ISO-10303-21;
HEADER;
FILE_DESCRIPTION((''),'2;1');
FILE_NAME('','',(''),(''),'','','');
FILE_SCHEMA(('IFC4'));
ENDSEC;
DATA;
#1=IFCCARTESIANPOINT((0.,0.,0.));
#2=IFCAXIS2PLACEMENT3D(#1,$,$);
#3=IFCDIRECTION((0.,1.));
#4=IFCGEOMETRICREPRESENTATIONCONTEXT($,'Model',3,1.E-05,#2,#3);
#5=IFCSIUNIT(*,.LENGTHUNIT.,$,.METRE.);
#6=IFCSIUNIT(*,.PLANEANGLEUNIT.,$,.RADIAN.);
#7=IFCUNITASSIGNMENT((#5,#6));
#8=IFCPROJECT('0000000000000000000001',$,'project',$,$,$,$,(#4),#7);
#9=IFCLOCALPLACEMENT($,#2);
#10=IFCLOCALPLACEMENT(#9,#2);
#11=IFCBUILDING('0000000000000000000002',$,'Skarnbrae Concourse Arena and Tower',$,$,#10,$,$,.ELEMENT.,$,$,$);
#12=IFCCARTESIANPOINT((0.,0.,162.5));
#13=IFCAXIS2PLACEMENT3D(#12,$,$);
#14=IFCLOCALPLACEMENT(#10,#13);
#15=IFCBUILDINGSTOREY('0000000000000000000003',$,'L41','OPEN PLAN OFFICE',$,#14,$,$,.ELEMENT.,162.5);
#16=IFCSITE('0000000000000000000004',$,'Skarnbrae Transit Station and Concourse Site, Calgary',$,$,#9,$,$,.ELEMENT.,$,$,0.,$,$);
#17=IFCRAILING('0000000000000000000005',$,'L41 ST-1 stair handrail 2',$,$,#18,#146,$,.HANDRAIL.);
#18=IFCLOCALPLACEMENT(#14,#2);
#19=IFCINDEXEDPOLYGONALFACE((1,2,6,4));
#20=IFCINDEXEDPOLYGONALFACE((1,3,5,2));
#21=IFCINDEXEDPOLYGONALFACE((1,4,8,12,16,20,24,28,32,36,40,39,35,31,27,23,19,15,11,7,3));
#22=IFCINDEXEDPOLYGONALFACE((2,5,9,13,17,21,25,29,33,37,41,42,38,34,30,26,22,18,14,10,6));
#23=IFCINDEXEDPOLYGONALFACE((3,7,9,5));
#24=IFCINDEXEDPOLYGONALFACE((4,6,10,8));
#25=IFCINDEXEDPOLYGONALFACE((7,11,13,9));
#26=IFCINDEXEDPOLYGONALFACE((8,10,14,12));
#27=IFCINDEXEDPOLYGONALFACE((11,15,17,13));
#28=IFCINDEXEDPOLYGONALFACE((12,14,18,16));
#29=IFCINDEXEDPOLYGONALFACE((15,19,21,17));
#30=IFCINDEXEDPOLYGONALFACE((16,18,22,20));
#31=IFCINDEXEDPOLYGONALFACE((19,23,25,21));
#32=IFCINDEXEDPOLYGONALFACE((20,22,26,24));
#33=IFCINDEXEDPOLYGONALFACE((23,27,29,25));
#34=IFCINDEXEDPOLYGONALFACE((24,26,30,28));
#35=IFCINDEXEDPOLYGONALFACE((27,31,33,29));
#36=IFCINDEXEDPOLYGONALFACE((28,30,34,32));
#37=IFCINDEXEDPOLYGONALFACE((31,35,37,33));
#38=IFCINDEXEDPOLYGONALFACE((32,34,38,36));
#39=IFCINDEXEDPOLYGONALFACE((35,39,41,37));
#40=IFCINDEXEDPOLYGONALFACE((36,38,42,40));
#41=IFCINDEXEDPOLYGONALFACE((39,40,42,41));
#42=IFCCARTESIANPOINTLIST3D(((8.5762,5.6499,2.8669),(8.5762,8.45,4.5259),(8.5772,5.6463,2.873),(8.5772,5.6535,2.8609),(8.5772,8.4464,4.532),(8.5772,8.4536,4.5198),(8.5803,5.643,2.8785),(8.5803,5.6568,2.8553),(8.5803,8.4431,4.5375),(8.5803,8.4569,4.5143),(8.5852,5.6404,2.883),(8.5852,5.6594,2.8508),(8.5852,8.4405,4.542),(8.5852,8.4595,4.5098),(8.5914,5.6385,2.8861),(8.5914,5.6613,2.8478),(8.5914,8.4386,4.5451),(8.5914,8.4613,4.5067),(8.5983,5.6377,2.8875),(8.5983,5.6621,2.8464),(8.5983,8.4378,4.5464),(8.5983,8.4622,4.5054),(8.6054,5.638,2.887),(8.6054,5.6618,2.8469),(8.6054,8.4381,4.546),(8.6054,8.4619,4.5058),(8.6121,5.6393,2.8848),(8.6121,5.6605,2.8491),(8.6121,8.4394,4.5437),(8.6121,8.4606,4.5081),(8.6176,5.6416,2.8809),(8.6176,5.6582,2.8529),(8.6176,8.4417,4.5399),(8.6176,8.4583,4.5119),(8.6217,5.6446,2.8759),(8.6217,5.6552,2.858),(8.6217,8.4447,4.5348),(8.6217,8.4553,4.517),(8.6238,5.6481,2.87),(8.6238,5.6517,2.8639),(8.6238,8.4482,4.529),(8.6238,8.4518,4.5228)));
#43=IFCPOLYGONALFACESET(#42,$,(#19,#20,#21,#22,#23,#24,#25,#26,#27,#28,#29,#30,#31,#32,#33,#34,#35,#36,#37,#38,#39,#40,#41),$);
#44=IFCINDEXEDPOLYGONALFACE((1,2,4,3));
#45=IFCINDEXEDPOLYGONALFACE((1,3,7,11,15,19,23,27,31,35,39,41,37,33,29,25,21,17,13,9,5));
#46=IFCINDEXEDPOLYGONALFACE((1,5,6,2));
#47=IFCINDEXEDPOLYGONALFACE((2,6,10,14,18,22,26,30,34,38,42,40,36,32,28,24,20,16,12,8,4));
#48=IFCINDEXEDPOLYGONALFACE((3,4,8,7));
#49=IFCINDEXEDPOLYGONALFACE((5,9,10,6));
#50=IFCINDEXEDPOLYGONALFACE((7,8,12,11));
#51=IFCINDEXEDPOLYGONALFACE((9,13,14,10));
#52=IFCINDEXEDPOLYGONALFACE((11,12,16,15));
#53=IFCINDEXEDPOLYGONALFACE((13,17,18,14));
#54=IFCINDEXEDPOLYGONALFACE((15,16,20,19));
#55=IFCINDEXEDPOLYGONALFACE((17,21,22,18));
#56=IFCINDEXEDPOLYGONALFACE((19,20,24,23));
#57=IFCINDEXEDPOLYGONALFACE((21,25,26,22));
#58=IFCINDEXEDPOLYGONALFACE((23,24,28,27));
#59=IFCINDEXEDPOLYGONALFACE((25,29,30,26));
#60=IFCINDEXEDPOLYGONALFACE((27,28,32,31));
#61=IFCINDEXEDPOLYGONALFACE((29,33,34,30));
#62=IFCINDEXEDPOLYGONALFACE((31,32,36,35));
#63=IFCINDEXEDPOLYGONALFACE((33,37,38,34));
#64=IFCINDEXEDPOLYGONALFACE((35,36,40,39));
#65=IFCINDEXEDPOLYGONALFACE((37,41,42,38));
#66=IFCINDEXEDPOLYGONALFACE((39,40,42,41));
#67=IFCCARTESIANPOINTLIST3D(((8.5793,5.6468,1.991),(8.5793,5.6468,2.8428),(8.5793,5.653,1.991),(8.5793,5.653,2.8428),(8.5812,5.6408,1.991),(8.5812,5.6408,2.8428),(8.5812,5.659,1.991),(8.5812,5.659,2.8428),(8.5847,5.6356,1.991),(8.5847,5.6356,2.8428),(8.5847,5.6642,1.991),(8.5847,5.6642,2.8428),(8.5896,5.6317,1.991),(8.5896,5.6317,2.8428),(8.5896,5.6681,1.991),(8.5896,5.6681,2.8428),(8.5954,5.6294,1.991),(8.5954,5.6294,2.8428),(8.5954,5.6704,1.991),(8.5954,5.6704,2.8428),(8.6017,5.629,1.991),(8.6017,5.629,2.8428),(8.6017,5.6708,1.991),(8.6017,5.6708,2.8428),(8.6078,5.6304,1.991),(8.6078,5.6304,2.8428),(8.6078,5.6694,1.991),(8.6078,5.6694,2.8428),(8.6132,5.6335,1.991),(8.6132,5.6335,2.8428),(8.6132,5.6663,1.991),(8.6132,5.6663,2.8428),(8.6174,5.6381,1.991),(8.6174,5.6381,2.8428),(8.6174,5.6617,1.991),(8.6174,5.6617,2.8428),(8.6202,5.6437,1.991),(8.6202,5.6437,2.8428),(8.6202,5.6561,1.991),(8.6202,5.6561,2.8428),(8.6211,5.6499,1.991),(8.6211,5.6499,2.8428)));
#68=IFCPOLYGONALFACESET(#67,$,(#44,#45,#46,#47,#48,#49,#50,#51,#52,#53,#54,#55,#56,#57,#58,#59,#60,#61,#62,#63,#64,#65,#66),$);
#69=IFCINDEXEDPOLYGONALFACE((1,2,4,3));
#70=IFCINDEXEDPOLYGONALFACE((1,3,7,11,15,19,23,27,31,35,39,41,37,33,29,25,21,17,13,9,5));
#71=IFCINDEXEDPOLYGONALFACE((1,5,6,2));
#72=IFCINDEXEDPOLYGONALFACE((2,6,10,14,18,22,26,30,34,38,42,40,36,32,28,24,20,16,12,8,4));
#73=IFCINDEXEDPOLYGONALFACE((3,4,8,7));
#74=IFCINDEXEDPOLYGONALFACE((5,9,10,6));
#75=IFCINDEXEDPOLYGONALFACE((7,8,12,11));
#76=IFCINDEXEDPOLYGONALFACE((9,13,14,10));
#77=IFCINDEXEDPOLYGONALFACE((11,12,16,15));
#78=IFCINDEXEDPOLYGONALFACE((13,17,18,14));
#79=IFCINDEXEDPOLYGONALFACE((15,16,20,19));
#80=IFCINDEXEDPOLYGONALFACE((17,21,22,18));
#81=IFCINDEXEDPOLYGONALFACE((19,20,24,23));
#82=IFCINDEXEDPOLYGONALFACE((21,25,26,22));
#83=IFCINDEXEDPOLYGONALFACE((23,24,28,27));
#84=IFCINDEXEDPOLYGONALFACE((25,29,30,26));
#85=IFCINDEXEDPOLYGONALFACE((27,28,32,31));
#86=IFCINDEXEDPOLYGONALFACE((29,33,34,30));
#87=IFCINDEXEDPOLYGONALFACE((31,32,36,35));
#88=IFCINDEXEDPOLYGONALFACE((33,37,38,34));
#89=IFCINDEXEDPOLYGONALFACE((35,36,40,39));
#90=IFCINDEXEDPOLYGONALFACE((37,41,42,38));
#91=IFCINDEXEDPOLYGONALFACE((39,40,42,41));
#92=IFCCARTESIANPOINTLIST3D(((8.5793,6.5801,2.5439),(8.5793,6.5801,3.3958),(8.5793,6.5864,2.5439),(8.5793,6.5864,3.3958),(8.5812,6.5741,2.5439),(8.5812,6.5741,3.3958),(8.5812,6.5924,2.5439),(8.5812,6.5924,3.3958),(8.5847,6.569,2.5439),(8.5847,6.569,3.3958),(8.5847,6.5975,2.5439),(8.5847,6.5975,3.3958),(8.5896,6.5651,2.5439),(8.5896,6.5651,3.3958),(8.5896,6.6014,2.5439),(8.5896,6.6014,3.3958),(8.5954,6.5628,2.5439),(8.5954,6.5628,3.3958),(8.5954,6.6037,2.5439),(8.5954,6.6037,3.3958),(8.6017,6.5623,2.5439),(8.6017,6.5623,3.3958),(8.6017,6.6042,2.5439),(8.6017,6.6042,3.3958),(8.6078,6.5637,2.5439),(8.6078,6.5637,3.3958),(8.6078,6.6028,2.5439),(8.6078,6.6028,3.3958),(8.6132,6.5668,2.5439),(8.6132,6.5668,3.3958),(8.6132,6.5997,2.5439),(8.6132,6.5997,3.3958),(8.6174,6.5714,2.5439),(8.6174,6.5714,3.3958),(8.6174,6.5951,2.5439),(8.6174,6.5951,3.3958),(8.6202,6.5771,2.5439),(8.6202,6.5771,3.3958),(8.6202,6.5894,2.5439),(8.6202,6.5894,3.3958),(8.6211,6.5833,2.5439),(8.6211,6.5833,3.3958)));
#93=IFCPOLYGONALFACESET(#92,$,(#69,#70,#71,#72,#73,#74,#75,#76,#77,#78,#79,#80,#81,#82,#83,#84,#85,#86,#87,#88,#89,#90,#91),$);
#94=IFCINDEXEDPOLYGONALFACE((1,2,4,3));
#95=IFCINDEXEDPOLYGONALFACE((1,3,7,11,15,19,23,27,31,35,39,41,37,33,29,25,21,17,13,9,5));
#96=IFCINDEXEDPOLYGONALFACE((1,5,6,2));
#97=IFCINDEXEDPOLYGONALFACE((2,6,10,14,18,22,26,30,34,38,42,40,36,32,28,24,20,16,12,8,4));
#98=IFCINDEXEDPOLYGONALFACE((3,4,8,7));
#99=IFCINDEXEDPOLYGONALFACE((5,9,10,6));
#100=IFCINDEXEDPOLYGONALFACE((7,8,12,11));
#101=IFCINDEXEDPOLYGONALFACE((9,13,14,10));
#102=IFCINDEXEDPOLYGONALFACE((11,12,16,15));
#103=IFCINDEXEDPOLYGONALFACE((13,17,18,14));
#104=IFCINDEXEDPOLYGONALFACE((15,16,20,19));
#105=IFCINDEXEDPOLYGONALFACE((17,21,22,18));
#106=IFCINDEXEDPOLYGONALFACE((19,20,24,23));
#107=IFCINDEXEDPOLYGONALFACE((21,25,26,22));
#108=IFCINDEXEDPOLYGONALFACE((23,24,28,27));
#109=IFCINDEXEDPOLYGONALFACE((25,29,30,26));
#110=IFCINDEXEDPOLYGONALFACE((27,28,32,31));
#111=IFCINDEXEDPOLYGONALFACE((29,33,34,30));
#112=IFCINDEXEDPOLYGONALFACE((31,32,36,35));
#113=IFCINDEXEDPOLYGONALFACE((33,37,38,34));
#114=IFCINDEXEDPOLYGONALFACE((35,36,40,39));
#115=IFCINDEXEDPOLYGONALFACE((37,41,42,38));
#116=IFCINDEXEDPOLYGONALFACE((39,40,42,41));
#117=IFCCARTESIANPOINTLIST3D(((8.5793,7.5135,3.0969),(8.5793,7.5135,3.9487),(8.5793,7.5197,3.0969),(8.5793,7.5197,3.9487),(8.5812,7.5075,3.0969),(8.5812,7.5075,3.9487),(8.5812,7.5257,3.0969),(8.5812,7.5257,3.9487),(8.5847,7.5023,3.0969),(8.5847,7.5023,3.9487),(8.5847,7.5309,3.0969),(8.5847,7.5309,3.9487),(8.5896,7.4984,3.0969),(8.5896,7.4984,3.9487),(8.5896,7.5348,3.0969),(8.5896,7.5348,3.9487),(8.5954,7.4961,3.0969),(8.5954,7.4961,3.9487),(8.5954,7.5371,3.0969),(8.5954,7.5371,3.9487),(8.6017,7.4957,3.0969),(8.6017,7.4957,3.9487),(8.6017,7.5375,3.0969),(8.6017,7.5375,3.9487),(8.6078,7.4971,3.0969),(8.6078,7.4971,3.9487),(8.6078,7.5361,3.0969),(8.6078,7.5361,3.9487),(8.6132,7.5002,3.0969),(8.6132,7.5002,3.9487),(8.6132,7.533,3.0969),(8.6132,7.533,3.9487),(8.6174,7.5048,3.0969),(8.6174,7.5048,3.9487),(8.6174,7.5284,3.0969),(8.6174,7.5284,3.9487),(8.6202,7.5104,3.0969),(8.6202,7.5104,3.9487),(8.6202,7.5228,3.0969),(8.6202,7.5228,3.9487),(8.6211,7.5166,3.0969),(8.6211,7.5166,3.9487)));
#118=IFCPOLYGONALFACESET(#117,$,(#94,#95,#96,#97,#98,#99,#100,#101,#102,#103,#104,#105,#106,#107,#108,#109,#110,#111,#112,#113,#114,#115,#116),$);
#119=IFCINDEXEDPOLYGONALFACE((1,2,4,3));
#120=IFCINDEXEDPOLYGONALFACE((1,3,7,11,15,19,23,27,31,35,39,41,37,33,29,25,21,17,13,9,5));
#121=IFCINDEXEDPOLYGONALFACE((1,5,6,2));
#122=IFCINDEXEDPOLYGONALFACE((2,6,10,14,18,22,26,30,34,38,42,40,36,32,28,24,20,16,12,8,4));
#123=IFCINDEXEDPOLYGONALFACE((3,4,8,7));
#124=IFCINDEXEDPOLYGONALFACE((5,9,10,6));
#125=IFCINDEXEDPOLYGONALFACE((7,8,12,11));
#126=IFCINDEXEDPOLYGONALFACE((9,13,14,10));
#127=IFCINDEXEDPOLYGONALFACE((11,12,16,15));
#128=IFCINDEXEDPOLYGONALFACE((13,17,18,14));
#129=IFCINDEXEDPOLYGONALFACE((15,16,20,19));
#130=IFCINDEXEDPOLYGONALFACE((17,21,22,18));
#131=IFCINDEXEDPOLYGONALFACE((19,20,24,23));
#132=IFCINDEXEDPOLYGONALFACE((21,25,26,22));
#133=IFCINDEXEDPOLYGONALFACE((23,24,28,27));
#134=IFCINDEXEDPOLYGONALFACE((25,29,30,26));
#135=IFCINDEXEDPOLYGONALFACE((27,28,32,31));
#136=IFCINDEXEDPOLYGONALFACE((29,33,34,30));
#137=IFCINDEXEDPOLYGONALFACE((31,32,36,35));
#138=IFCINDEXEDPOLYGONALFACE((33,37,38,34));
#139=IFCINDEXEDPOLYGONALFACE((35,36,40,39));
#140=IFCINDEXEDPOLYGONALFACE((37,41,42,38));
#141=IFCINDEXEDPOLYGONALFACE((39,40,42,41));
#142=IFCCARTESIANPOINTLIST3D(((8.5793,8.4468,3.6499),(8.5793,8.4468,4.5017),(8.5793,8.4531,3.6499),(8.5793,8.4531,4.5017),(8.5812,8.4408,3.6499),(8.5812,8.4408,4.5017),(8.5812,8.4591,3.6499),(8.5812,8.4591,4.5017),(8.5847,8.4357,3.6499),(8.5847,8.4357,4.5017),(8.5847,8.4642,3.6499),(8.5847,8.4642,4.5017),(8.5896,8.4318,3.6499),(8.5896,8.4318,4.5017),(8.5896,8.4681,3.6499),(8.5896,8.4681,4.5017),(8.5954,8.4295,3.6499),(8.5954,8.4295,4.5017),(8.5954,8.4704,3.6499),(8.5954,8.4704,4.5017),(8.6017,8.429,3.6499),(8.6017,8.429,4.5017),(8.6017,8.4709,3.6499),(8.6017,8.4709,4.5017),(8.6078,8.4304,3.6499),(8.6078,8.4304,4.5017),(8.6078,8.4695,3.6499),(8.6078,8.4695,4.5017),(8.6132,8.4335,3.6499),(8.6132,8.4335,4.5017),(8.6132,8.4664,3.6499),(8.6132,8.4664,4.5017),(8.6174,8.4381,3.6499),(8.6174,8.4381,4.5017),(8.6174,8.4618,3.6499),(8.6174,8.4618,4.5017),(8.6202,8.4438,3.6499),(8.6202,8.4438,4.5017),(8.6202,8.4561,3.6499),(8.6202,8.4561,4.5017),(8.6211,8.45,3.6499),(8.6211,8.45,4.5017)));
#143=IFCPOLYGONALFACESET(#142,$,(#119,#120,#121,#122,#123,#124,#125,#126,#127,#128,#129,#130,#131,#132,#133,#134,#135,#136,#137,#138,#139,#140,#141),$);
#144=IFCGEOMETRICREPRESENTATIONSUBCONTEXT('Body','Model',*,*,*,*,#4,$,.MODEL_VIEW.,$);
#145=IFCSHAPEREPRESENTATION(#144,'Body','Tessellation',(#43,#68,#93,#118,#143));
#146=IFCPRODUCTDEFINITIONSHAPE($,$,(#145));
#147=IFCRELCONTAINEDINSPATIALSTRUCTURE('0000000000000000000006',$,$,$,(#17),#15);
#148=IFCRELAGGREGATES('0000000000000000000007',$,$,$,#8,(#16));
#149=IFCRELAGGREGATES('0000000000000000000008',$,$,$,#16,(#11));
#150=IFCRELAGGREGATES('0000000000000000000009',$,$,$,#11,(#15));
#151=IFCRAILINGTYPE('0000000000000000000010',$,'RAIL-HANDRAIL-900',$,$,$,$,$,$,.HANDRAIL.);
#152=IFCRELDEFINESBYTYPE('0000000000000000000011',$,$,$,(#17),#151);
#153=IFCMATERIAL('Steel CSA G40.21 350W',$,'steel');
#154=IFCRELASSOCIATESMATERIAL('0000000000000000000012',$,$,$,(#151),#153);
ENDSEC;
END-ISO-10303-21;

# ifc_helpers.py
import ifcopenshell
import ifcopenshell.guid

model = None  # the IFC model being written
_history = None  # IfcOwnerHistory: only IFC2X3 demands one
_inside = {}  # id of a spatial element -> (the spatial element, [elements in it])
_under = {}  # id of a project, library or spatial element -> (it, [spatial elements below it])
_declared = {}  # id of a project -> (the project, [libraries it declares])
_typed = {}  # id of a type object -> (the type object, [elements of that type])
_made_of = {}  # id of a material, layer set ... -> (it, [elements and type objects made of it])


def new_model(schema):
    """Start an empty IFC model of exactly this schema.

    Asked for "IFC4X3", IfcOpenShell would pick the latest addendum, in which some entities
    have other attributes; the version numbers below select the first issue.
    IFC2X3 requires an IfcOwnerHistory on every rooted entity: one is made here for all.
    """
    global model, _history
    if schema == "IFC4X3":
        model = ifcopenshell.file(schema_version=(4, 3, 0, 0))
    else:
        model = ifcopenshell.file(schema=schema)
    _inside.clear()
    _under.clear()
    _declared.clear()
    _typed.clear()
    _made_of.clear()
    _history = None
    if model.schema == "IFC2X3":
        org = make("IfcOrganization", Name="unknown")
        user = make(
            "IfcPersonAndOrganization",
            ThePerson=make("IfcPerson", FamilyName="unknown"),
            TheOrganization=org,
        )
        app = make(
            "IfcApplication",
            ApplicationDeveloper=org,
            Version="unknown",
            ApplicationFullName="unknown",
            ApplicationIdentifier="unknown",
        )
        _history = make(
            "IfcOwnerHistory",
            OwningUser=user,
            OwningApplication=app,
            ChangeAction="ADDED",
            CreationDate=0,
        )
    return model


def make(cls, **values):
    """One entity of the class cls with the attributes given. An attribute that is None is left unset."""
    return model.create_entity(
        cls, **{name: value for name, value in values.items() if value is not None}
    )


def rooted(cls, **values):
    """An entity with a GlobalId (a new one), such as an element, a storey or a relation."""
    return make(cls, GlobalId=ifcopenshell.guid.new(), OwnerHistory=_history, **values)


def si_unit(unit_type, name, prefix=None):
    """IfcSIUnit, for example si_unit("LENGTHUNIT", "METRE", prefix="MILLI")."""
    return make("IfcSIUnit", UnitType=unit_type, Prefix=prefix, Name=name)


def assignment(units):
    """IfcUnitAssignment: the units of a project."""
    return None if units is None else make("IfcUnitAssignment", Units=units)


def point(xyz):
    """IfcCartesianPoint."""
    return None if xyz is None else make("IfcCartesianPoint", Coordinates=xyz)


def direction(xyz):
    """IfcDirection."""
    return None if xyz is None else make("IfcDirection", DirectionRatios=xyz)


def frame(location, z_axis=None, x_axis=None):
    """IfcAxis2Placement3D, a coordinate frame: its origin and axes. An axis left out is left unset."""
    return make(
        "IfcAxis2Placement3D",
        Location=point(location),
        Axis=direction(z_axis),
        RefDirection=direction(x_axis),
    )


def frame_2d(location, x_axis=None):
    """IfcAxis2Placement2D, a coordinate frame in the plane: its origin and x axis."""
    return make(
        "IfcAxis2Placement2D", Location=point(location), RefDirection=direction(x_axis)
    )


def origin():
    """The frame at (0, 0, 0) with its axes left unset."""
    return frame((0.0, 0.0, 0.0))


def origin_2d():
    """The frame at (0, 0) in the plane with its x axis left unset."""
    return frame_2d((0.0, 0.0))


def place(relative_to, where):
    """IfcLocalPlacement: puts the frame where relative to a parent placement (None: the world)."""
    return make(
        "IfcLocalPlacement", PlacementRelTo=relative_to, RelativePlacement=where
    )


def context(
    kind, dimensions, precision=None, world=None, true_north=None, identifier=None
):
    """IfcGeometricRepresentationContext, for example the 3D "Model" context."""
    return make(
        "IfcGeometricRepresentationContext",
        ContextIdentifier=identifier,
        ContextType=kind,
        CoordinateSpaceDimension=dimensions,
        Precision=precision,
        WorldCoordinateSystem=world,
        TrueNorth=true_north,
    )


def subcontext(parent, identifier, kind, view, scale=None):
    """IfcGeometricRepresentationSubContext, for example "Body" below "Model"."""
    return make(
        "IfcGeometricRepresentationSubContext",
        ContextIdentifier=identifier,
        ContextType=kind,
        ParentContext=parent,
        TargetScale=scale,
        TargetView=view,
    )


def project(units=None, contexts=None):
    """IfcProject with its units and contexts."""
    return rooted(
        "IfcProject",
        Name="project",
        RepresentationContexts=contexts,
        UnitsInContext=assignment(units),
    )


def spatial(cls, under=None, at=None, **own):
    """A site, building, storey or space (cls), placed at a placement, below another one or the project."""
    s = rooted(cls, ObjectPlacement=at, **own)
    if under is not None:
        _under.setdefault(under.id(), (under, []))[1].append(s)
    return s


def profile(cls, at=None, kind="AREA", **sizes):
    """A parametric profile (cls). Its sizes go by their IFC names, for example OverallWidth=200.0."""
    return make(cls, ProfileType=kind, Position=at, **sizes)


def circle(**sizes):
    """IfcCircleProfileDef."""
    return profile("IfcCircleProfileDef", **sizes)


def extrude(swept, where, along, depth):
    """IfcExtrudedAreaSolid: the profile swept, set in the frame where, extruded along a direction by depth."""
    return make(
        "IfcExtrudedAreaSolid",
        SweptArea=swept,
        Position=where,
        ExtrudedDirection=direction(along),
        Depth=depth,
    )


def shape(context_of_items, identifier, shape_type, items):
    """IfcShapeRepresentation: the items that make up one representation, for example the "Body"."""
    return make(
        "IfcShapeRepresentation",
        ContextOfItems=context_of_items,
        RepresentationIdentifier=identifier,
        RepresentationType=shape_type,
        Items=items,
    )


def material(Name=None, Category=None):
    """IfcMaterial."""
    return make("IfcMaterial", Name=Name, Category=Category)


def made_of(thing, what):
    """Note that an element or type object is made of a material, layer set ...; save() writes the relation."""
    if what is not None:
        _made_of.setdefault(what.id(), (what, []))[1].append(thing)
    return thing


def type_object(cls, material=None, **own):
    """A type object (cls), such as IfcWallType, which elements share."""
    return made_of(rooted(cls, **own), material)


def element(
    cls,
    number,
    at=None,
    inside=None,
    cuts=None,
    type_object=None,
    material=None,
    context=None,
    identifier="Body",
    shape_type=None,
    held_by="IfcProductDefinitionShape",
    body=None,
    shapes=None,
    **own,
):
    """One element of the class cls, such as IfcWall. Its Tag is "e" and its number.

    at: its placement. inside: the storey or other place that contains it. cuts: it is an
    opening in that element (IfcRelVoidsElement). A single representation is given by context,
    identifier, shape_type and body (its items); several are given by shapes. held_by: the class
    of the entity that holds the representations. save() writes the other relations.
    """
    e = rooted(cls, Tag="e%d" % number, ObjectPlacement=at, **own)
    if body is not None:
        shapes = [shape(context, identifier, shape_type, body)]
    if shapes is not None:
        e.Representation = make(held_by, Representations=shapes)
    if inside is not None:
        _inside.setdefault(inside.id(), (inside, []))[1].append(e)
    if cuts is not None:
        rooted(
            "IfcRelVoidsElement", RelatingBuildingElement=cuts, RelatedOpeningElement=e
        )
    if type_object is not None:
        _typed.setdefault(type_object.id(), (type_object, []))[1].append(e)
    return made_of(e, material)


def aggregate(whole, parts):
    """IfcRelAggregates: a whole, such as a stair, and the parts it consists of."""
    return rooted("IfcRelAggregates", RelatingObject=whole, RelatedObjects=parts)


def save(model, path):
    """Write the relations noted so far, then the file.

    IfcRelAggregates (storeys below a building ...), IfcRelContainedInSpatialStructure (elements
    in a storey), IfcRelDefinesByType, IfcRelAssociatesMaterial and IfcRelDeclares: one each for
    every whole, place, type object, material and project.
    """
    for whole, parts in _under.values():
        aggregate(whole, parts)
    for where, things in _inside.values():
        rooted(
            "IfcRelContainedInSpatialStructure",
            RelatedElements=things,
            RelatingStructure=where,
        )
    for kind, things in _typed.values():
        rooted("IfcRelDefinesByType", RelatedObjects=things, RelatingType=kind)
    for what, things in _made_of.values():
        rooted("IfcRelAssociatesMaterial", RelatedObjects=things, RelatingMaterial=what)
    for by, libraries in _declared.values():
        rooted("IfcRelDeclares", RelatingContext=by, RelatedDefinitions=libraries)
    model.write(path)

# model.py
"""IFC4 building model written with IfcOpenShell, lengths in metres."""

from ifc_helpers import new_model, si_unit, direction, frame, origin, origin_2d, place, context, subcontext, project, spatial, circle, extrude, material, type_object, element, save


model = new_model("IFC4")

# Units and contexts
model_context = context("Model", 3, precision=1e-05, world=origin(), true_north=direction((0.0, 1.0)))
body_context = subcontext(model_context, "Body", "Model", "MODEL_VIEW")
ifc_project = project(units=[si_unit("LENGTHUNIT", "METRE"), si_unit("PLANEANGLEUNIT", "RADIAN")], contexts=[model_context])

# Site, building, storey
site_placement = place(None, origin())
site = spatial("IfcSite", under=ifc_project, at=site_placement, Name="Skarnbrae Transit Station and Concourse Site, Calgary", CompositionType="ELEMENT", RefElevation=0.0)
building_placement = place(site_placement, origin())
building = spatial("IfcBuilding", under=site, at=building_placement, Name="Skarnbrae Concourse Arena and Tower", CompositionType="ELEMENT")
storey_placement = place(building_placement, frame((0.0, 0.0, 162.5)))
storey = spatial("IfcBuildingStorey", under=building, at=storey_placement, Name="L41", Description="OPEN PLAN OFFICE", CompositionType="ELEMENT", Elevation=162.5)

# Shared definitions
ifc_material_1 = material(Name="Steel CSA G40.21 350W", Category="steel")

# Railing
railing_type = type_object("IfcRailingType", Name="RAIL-HANDRAIL-900", PredefinedType="HANDRAIL", material=ifc_material_1)
railing_placement = place(storey_placement, frame((8.6001, 5.6499, 1.991)))
element("IfcRailing", 1, at=railing_placement, inside=storey, type_object=railing_type, Name="L41 ST-1 stair handrail 2", PredefinedType="HANDRAIL", context=body_context, shape_type="SweptSolid", body=[
    extrude(circle(Radius=0.0239, at=origin_2d()), frame((0.0, 0.0, 0.876), z_axis=(0.0, 0.860339, 0.509722), x_axis=(-1.0, 0.0, 0.0)), (0.0, 0.0, 1.0), 3.2546),
    extrude(circle(Radius=0.021, at=origin_2d()), origin(), (0.0, 0.0, 1.0), 0.8518),
    extrude(circle(Radius=0.021, at=origin_2d()), frame((0.0, 0.9333, 0.553)), (0.0, 0.0, 1.0), 0.8518),
    extrude(circle(Radius=0.021, at=origin_2d()), frame((0.0, 1.8667, 1.106)), (0.0, 0.0, 1.0), 0.8518),
    extrude(circle(Radius=0.021, at=origin_2d()), frame((0.0, 2.8, 1.6589)), (0.0, 0.0, 1.0), 0.8518),
])

save(model, "model.ifc")
